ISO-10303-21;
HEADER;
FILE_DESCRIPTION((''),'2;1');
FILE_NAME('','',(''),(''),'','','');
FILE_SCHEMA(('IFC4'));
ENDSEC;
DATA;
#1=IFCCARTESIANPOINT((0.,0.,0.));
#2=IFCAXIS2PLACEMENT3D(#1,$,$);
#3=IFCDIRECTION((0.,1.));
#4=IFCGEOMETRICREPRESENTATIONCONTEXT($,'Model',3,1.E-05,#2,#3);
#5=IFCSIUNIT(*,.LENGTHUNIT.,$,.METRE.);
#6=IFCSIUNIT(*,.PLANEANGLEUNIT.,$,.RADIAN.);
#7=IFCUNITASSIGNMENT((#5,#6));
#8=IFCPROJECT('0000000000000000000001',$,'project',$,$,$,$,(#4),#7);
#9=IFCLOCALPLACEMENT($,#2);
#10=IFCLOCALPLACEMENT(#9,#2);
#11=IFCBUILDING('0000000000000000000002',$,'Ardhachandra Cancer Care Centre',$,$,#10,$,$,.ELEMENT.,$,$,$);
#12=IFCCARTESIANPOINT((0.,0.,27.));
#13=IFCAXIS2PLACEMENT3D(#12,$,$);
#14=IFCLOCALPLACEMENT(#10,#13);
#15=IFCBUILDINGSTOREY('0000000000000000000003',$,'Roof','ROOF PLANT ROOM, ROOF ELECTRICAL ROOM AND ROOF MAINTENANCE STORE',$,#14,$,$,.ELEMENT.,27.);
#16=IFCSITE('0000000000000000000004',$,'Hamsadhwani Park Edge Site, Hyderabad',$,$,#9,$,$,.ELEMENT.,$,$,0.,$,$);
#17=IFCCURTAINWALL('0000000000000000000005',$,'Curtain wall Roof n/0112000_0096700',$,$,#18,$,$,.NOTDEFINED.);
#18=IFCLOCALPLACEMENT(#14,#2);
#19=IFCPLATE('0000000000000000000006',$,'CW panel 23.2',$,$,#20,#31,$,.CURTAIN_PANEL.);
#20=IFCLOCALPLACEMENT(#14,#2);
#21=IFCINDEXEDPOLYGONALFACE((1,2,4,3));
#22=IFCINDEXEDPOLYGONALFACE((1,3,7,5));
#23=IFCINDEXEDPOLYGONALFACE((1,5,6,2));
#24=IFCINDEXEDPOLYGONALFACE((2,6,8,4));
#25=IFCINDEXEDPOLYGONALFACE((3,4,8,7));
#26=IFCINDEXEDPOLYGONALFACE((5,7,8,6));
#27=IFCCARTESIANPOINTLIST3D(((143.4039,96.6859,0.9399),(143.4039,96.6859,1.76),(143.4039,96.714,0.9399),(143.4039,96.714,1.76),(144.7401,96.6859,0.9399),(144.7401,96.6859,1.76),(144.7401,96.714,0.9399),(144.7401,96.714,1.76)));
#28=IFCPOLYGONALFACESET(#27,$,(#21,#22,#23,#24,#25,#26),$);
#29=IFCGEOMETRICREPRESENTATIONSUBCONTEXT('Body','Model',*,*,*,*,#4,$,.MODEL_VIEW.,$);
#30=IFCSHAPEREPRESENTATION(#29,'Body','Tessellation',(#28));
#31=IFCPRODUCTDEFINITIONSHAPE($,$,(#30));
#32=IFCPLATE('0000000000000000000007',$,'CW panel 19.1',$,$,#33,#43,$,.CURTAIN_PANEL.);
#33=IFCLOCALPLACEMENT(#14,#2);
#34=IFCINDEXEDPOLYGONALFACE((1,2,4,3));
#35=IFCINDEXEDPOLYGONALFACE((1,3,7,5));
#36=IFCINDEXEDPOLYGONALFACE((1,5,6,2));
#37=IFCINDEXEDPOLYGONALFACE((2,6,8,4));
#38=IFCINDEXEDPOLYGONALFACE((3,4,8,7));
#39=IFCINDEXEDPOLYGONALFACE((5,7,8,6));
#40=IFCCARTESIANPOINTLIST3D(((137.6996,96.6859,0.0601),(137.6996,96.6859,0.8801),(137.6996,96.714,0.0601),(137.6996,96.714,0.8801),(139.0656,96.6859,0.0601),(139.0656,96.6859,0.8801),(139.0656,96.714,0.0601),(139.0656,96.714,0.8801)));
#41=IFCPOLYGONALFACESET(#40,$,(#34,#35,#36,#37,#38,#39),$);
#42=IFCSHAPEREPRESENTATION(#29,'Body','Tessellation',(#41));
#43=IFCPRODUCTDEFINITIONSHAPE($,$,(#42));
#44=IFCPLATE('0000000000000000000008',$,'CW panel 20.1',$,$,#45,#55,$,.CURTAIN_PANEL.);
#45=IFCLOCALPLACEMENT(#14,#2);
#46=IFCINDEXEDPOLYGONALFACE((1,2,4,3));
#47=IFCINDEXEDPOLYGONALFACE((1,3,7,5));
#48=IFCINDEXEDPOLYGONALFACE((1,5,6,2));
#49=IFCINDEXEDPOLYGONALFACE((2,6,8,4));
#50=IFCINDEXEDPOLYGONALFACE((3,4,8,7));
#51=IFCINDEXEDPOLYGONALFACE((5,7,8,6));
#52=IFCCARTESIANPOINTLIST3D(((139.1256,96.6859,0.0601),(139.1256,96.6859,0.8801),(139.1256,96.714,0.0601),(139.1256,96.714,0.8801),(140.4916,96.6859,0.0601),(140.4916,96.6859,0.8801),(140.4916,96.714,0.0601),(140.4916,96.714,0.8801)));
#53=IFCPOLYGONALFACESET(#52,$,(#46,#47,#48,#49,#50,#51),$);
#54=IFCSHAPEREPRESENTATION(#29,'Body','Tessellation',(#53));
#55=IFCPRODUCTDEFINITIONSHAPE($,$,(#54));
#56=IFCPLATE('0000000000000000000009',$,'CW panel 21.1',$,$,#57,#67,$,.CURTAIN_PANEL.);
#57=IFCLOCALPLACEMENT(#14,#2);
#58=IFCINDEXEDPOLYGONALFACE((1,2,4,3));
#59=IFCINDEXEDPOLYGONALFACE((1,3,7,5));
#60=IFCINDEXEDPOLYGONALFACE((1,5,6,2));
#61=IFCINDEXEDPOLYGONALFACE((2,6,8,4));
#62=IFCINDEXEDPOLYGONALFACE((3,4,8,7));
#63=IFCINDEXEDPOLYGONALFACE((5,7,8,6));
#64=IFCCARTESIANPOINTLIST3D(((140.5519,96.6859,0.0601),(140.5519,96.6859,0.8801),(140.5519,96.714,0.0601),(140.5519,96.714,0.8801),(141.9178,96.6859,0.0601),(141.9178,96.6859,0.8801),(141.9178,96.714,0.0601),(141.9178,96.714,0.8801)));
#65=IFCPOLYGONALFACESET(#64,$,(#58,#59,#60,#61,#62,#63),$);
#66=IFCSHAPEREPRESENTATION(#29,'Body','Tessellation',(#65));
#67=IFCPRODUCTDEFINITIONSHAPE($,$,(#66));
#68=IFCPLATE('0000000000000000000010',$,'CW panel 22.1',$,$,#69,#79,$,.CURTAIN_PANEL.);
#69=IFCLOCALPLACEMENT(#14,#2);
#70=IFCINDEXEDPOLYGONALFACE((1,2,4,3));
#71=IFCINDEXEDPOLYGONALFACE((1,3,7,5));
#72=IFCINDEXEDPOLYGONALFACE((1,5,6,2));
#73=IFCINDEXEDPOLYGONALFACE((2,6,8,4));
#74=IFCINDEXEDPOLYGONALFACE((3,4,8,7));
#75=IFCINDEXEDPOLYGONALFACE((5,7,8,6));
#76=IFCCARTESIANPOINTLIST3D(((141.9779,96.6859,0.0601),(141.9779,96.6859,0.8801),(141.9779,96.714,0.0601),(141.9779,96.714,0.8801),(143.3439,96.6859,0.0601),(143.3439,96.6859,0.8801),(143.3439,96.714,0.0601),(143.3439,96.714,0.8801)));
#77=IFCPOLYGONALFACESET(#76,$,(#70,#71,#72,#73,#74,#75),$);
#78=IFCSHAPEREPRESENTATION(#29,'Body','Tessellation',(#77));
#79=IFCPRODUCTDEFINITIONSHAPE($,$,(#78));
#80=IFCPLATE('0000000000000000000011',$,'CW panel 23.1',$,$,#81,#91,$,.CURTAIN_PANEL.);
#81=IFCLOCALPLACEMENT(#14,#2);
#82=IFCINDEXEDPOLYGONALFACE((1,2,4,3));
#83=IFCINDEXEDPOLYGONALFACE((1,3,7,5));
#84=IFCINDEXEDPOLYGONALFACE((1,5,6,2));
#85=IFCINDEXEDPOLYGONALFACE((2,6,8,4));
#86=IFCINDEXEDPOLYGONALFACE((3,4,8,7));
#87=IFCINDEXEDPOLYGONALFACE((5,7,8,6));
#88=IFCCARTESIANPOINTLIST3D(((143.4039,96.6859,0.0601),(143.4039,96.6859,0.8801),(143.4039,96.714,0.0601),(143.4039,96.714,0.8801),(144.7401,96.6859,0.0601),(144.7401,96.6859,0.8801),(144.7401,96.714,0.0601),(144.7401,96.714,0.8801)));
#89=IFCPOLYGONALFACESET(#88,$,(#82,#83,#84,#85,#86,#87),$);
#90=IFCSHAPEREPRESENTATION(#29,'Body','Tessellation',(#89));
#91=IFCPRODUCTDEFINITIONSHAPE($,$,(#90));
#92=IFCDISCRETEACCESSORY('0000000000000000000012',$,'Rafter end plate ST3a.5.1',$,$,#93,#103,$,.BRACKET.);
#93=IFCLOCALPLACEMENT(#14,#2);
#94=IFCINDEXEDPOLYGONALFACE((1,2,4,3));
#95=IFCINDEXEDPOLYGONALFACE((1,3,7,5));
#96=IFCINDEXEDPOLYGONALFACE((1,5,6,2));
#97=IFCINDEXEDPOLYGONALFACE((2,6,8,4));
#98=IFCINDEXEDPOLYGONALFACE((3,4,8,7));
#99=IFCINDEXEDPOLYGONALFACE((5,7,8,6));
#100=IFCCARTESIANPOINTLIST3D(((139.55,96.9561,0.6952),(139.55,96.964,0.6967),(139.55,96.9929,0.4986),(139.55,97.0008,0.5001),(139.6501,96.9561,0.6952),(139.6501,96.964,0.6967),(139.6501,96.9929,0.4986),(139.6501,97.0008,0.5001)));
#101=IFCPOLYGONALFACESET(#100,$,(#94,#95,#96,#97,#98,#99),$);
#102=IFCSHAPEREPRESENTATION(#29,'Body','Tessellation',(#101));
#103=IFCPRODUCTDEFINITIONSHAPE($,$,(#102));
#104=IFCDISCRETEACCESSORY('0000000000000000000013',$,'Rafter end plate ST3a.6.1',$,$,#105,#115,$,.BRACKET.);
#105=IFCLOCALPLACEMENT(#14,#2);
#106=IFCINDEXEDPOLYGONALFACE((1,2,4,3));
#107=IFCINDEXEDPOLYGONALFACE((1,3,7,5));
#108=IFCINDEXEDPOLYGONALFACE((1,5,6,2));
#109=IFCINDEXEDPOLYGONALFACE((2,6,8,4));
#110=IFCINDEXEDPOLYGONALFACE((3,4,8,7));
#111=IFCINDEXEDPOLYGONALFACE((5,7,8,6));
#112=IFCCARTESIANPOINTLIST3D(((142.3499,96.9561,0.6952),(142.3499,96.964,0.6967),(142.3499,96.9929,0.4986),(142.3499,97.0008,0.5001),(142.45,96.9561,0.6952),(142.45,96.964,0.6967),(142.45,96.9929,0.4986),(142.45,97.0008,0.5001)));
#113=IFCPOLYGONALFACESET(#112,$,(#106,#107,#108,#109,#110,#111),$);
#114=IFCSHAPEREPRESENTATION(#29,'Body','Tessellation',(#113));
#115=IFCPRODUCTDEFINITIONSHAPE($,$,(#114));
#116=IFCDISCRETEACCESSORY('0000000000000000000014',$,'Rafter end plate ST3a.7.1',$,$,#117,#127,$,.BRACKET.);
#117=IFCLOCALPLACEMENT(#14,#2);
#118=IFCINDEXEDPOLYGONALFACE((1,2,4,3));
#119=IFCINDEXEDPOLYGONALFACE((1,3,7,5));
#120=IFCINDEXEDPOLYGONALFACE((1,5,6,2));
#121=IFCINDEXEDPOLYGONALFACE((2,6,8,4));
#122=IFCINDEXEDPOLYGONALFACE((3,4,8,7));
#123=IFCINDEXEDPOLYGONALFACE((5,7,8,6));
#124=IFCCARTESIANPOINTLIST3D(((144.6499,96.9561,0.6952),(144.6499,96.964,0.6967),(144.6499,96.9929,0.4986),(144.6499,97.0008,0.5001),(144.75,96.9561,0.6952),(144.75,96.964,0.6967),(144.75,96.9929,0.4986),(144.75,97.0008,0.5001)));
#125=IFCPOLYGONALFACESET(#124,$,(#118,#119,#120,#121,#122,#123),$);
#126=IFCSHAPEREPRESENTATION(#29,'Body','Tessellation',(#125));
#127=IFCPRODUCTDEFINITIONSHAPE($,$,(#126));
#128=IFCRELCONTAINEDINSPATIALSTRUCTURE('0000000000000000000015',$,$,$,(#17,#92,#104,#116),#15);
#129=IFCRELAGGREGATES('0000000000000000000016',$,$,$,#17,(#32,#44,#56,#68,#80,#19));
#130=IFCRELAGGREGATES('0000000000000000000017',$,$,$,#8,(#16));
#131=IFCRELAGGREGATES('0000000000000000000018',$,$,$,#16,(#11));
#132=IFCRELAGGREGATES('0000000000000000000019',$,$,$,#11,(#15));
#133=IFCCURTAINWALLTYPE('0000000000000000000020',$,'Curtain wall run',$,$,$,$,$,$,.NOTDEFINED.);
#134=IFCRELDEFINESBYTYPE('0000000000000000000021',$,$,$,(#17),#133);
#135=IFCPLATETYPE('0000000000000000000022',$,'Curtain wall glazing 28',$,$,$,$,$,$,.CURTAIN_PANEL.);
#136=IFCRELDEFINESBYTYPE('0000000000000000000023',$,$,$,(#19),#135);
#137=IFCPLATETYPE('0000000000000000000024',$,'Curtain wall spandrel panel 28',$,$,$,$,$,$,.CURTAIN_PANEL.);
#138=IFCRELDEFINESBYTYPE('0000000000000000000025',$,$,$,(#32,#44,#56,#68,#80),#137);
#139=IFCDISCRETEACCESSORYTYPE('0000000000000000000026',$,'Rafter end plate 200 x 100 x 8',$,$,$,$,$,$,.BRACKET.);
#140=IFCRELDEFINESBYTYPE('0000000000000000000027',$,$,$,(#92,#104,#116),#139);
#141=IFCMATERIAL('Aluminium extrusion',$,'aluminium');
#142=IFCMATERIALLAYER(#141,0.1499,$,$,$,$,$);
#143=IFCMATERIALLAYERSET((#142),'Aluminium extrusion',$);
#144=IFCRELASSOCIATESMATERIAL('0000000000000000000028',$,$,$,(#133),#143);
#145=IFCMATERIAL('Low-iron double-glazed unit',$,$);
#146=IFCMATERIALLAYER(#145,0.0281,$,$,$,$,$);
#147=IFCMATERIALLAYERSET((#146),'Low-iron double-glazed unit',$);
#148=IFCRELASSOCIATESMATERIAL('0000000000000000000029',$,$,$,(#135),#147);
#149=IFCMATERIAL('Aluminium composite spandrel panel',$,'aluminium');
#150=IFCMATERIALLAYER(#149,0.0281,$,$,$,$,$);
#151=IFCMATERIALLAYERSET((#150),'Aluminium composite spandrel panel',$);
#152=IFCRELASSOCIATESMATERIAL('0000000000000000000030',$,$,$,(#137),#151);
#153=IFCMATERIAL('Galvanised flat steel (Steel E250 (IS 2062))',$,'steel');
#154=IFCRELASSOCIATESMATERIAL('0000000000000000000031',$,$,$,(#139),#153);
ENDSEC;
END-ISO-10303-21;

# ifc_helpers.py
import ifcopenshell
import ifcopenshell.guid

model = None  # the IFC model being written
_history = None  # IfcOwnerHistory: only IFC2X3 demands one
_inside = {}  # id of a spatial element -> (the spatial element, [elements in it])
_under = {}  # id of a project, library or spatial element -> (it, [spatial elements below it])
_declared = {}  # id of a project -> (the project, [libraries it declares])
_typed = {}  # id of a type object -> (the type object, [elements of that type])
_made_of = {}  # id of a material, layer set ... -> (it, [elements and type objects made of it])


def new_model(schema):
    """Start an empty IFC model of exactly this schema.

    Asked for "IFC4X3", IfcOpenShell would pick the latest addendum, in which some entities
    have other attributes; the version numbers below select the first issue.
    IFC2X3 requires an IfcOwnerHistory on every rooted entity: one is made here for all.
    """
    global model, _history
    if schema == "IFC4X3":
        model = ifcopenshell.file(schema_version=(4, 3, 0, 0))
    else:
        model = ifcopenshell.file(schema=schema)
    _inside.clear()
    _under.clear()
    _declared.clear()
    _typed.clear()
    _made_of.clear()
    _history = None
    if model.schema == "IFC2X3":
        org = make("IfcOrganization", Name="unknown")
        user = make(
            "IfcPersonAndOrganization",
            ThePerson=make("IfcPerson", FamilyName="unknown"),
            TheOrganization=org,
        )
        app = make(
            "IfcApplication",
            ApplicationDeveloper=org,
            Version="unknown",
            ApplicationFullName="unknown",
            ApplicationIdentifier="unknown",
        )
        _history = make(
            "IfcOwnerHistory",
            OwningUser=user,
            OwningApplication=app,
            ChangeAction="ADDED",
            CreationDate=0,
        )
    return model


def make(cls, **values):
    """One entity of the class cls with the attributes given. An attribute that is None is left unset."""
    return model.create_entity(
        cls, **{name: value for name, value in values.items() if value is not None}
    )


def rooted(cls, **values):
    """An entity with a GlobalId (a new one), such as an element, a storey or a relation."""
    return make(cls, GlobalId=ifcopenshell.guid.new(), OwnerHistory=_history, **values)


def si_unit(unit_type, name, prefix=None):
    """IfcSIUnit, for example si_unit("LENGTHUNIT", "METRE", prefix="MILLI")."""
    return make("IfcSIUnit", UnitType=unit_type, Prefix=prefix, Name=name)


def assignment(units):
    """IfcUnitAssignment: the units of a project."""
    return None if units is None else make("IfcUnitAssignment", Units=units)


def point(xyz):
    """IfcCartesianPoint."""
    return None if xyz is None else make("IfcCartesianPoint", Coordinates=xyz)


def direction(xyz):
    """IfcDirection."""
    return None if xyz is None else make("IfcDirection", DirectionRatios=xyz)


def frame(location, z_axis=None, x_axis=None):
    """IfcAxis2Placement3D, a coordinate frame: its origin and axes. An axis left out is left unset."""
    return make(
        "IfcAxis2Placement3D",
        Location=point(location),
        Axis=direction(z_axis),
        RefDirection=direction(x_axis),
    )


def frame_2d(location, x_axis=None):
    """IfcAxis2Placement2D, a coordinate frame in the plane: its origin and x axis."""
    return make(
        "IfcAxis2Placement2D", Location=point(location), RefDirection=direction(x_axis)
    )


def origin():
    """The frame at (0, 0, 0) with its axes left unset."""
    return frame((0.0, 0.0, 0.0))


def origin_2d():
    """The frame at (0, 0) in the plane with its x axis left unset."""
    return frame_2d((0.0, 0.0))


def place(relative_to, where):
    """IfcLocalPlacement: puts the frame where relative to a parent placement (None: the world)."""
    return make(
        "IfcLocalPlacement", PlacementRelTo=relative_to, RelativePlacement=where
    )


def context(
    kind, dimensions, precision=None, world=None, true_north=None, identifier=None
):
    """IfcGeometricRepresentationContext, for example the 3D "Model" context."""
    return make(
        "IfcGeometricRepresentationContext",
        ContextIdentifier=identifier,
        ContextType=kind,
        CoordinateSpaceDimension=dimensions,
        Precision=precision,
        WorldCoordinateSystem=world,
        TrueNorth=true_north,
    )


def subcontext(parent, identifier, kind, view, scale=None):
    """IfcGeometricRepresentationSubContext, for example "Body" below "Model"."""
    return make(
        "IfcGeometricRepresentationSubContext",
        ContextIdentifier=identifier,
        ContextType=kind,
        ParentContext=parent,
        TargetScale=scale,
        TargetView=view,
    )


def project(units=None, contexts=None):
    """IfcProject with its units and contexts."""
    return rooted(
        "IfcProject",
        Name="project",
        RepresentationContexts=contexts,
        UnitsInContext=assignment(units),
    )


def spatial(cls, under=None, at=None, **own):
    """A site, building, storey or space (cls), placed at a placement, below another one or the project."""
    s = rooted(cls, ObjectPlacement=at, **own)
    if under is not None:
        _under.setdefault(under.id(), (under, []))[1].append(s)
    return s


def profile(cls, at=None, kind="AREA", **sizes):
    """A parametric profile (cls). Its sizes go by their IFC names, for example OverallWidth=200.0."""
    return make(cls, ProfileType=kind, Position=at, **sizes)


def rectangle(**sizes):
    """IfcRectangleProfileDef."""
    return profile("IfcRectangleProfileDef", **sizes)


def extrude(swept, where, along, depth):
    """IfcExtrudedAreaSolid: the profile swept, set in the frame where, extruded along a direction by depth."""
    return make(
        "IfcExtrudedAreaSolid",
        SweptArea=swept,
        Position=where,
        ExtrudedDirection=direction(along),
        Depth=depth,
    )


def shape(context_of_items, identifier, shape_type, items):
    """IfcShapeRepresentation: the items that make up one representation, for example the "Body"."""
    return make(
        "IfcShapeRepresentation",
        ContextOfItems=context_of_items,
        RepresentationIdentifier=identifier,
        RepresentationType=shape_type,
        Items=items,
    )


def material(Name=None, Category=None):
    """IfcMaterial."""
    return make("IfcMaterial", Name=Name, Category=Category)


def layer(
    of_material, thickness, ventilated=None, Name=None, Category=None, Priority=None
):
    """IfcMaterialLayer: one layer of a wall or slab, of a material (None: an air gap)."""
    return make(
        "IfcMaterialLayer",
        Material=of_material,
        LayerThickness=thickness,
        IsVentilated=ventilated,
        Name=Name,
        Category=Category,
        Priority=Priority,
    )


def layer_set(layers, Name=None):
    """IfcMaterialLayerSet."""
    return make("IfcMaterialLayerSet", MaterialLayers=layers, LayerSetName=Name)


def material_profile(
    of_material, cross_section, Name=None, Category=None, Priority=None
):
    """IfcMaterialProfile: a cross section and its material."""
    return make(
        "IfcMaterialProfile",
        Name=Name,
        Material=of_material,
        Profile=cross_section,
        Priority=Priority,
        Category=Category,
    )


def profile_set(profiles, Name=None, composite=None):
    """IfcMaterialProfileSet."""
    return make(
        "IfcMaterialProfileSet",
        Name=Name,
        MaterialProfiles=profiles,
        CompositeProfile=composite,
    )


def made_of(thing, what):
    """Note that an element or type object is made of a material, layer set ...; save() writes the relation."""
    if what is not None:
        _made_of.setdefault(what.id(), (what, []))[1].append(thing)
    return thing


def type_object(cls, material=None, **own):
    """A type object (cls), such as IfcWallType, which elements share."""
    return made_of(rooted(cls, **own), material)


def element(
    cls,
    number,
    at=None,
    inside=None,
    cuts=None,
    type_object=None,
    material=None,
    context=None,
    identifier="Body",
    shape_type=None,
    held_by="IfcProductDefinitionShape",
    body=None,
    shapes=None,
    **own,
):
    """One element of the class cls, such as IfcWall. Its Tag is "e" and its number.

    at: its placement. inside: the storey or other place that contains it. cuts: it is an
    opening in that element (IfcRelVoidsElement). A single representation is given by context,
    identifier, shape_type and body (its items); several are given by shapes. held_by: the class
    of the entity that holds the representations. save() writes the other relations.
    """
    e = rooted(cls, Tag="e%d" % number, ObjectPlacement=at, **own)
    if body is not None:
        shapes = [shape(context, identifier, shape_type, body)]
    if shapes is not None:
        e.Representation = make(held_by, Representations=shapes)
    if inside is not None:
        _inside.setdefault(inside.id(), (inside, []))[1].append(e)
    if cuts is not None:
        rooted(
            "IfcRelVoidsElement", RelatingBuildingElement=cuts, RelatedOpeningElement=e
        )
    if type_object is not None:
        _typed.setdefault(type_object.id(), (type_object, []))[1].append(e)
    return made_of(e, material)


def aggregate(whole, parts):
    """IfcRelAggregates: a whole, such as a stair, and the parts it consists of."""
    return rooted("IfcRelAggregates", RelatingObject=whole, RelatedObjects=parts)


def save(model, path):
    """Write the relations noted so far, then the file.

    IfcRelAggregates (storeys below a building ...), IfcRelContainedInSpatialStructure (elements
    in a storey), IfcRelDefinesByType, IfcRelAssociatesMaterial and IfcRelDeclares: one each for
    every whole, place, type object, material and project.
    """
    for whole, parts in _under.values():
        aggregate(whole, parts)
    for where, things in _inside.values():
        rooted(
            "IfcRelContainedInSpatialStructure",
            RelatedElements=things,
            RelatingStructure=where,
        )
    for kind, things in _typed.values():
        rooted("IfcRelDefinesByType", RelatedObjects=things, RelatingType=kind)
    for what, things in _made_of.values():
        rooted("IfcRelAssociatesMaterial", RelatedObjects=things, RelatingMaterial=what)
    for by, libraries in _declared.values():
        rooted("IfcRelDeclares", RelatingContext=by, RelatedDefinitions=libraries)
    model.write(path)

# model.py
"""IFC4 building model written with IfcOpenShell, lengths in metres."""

from ifc_helpers import new_model, si_unit, direction, frame, origin, origin_2d, place, context, subcontext, project, spatial, rectangle, extrude, material, layer, layer_set, material_profile, profile_set, type_object, element, aggregate, save


model = new_model("IFC4")

# Units and contexts
model_context = context("Model", 3, precision=1e-05, world=origin(), true_north=direction((0.0, 1.0)))
body_context = subcontext(model_context, "Body", "Model", "MODEL_VIEW")
ifc_project = project(units=[si_unit("LENGTHUNIT", "METRE"), si_unit("PLANEANGLEUNIT", "RADIAN")], contexts=[model_context])

# Site, building, storey
site_placement = place(None, origin())
site = spatial("IfcSite", under=ifc_project, at=site_placement, Name="Hamsadhwani Park Edge Site, Hyderabad", CompositionType="ELEMENT", RefElevation=0.0)
building_placement = place(site_placement, origin())
building = spatial("IfcBuilding", under=site, at=building_placement, Name="Ardhachandra Cancer Care Centre", CompositionType="ELEMENT")
storey_placement = place(building_placement, frame((0.0, 0.0, 27.0)))
storey = spatial("IfcBuildingStorey", under=building, at=storey_placement, Name="Roof", Description="ROOF PLANT ROOM, ROOF ELECTRICAL ROOM AND ROOF MAINTENANCE STORE", CompositionType="ELEMENT", Elevation=27.0)

# Curtain wall
ifc_material_1 = material(Name="Aluminium extrusion", Category="aluminium")
ifc_layer_1 = layer(ifc_material_1, 0.1499)
ifc_layer_set_1 = layer_set([ifc_layer_1], Name="Aluminium extrusion")
curtain_wall_type = type_object("IfcCurtainWallType", Name="Curtain wall run", PredefinedType="NOTDEFINED", material=ifc_layer_set_1)
curtain_wall_placement = place(storey_placement, origin())
curtain_wall = element("IfcCurtainWall", 1, at=curtain_wall_placement, inside=storey, type_object=curtain_wall_type, Name="Curtain wall Roof n/0112000_0096700", PredefinedType="NOTDEFINED")

# Plates
ifc_material_2 = material(Name="Low-iron double-glazed unit")
ifc_layer_2 = layer(ifc_material_2, 0.0281)
ifc_layer_set_2 = layer_set([ifc_layer_2], Name="Low-iron double-glazed unit")
plate_type_1 = type_object("IfcPlateType", Name="Curtain wall glazing 28", PredefinedType="CURTAIN_PANEL", material=ifc_layer_set_2)
plate_1_placement = place(storey_placement, frame((144.072, 96.7, 0.9399), z_axis=(0.0, 0.0, 1.0), x_axis=(1.0, 0.0, 0.0)))
plate_1 = element("IfcPlate", 2, at=plate_1_placement, type_object=plate_type_1, Name="CW panel 23.2", PredefinedType="CURTAIN_PANEL", context=body_context, shape_type="SweptSolid", body=[
    extrude(rectangle(XDim=1.3362, YDim=0.0281, at=origin_2d()), origin(), (0.0, 0.0, 1.0), 0.8201),
])
ifc_material_3 = material(Name="Aluminium composite spandrel panel", Category="aluminium")
ifc_layer_3 = layer(ifc_material_3, 0.0281)
ifc_layer_set_3 = layer_set([ifc_layer_3], Name="Aluminium composite spandrel panel")
plate_type_2 = type_object("IfcPlateType", Name="Curtain wall spandrel panel 28", PredefinedType="CURTAIN_PANEL", material=ifc_layer_set_3)
plate_2_placement = place(storey_placement, frame((138.3826, 96.7, 0.0601), z_axis=(0.0, 0.0, 1.0), x_axis=(1.0, 0.0, 0.0)))
plate_2 = element("IfcPlate", 3, at=plate_2_placement, type_object=plate_type_2, Name="CW panel 19.1", PredefinedType="CURTAIN_PANEL", context=body_context, shape_type="SweptSolid", body=[
    extrude(rectangle(XDim=1.366, YDim=0.0281, at=origin_2d()), origin(), (0.0, 0.0, 1.0), 0.8201),
])
plate_3_placement = place(storey_placement, frame((139.8086, 96.7, 0.0601), z_axis=(0.0, 0.0, 1.0), x_axis=(1.0, 0.0, 0.0)))
plate_3 = element("IfcPlate", 4, at=plate_3_placement, type_object=plate_type_2, Name="CW panel 20.1", PredefinedType="CURTAIN_PANEL", context=body_context, shape_type="SweptSolid", body=[
    extrude(rectangle(XDim=1.366, YDim=0.0281, at=origin_2d()), origin(), (0.0, 0.0, 1.0), 0.8201),
])
plate_4_placement = place(storey_placement, frame((141.2349, 96.7, 0.0601), z_axis=(0.0, 0.0, 1.0), x_axis=(1.0, 0.0, 0.0)))
plate_4 = element("IfcPlate", 5, at=plate_4_placement, type_object=plate_type_2, Name="CW panel 21.1", PredefinedType="CURTAIN_PANEL", context=body_context, shape_type="SweptSolid", body=[
    extrude(rectangle(XDim=1.366, YDim=0.0281, at=origin_2d()), origin(), (0.0, 0.0, 1.0), 0.8201),
])
plate_5_placement = place(storey_placement, frame((142.6609, 96.7, 0.0601), z_axis=(0.0, 0.0, 1.0), x_axis=(1.0, 0.0, 0.0)))
plate_5 = element("IfcPlate", 6, at=plate_5_placement, type_object=plate_type_2, Name="CW panel 22.1", PredefinedType="CURTAIN_PANEL", context=body_context, shape_type="SweptSolid", body=[
    extrude(rectangle(XDim=1.366, YDim=0.0281, at=origin_2d()), origin(), (0.0, 0.0, 1.0), 0.8201),
])
plate_6_placement = place(storey_placement, frame((144.072, 96.7, 0.0601), z_axis=(0.0, 0.0, 1.0), x_axis=(1.0, 0.0, 0.0)))
plate_6 = element("IfcPlate", 7, at=plate_6_placement, type_object=plate_type_2, Name="CW panel 23.1", PredefinedType="CURTAIN_PANEL", context=body_context, shape_type="SweptSolid", body=[
    extrude(rectangle(XDim=1.3362, YDim=0.0281, at=origin_2d()), origin(), (0.0, 0.0, 1.0), 0.8201),
])
aggregate(curtain_wall, [plate_2, plate_3, plate_4, plate_5, plate_6, plate_1])

# Discrete accessories
ifc_material_4 = material(Name="Galvanised flat steel (Steel E250 (IS 2062))", Category="steel")
ifc_material_profile_1 = material_profile(ifc_material_4, rectangle(XDim=0.1001, YDim=0.2, at=origin_2d()), Name="Rafter end plate 200 x 100 x 8")
ifc_profile_set_1 = profile_set([ifc_material_profile_1], Name="Galvanised flat steel (Steel E250 (IS 2062))")
discrete_accessory_type = type_object("IfcDiscreteAccessoryType", Name="Rafter end plate 200 x 100 x 8", PredefinedType="BRACKET", material=ifc_profile_set_1)
for number, where, z_axis, x_axis, name in (
    (8, (139.6001, 96.9824, 0.5984), (0.0, -0.982872, -0.184289), (1.0, 0.0, 0.0), "Rafter end plate ST3a.5.1"),
    (9, (142.3999, 96.9824, 0.5984), (0.0, -0.982872, -0.184289), (1.0, 0.0, 0.0), "Rafter end plate ST3a.6.1"),
    (10, (144.7, 96.9824, 0.5984), (0.0, -0.982872, -0.184289), (1.0, 0.0, 0.0), "Rafter end plate ST3a.7.1"),
):
    element("IfcDiscreteAccessory", number, at=place(storey_placement, frame(where, z_axis=z_axis, x_axis=x_axis)), inside=storey, type_object=discrete_accessory_type, Name=name, PredefinedType="BRACKET", context=body_context, shape_type="SweptSolid", body=[
        extrude(rectangle(XDim=0.1001, YDim=0.2, at=origin_2d()), origin(), (0.0, 0.0, 1.0), 0.0081),
    ])

save(model, "model.ifc")
